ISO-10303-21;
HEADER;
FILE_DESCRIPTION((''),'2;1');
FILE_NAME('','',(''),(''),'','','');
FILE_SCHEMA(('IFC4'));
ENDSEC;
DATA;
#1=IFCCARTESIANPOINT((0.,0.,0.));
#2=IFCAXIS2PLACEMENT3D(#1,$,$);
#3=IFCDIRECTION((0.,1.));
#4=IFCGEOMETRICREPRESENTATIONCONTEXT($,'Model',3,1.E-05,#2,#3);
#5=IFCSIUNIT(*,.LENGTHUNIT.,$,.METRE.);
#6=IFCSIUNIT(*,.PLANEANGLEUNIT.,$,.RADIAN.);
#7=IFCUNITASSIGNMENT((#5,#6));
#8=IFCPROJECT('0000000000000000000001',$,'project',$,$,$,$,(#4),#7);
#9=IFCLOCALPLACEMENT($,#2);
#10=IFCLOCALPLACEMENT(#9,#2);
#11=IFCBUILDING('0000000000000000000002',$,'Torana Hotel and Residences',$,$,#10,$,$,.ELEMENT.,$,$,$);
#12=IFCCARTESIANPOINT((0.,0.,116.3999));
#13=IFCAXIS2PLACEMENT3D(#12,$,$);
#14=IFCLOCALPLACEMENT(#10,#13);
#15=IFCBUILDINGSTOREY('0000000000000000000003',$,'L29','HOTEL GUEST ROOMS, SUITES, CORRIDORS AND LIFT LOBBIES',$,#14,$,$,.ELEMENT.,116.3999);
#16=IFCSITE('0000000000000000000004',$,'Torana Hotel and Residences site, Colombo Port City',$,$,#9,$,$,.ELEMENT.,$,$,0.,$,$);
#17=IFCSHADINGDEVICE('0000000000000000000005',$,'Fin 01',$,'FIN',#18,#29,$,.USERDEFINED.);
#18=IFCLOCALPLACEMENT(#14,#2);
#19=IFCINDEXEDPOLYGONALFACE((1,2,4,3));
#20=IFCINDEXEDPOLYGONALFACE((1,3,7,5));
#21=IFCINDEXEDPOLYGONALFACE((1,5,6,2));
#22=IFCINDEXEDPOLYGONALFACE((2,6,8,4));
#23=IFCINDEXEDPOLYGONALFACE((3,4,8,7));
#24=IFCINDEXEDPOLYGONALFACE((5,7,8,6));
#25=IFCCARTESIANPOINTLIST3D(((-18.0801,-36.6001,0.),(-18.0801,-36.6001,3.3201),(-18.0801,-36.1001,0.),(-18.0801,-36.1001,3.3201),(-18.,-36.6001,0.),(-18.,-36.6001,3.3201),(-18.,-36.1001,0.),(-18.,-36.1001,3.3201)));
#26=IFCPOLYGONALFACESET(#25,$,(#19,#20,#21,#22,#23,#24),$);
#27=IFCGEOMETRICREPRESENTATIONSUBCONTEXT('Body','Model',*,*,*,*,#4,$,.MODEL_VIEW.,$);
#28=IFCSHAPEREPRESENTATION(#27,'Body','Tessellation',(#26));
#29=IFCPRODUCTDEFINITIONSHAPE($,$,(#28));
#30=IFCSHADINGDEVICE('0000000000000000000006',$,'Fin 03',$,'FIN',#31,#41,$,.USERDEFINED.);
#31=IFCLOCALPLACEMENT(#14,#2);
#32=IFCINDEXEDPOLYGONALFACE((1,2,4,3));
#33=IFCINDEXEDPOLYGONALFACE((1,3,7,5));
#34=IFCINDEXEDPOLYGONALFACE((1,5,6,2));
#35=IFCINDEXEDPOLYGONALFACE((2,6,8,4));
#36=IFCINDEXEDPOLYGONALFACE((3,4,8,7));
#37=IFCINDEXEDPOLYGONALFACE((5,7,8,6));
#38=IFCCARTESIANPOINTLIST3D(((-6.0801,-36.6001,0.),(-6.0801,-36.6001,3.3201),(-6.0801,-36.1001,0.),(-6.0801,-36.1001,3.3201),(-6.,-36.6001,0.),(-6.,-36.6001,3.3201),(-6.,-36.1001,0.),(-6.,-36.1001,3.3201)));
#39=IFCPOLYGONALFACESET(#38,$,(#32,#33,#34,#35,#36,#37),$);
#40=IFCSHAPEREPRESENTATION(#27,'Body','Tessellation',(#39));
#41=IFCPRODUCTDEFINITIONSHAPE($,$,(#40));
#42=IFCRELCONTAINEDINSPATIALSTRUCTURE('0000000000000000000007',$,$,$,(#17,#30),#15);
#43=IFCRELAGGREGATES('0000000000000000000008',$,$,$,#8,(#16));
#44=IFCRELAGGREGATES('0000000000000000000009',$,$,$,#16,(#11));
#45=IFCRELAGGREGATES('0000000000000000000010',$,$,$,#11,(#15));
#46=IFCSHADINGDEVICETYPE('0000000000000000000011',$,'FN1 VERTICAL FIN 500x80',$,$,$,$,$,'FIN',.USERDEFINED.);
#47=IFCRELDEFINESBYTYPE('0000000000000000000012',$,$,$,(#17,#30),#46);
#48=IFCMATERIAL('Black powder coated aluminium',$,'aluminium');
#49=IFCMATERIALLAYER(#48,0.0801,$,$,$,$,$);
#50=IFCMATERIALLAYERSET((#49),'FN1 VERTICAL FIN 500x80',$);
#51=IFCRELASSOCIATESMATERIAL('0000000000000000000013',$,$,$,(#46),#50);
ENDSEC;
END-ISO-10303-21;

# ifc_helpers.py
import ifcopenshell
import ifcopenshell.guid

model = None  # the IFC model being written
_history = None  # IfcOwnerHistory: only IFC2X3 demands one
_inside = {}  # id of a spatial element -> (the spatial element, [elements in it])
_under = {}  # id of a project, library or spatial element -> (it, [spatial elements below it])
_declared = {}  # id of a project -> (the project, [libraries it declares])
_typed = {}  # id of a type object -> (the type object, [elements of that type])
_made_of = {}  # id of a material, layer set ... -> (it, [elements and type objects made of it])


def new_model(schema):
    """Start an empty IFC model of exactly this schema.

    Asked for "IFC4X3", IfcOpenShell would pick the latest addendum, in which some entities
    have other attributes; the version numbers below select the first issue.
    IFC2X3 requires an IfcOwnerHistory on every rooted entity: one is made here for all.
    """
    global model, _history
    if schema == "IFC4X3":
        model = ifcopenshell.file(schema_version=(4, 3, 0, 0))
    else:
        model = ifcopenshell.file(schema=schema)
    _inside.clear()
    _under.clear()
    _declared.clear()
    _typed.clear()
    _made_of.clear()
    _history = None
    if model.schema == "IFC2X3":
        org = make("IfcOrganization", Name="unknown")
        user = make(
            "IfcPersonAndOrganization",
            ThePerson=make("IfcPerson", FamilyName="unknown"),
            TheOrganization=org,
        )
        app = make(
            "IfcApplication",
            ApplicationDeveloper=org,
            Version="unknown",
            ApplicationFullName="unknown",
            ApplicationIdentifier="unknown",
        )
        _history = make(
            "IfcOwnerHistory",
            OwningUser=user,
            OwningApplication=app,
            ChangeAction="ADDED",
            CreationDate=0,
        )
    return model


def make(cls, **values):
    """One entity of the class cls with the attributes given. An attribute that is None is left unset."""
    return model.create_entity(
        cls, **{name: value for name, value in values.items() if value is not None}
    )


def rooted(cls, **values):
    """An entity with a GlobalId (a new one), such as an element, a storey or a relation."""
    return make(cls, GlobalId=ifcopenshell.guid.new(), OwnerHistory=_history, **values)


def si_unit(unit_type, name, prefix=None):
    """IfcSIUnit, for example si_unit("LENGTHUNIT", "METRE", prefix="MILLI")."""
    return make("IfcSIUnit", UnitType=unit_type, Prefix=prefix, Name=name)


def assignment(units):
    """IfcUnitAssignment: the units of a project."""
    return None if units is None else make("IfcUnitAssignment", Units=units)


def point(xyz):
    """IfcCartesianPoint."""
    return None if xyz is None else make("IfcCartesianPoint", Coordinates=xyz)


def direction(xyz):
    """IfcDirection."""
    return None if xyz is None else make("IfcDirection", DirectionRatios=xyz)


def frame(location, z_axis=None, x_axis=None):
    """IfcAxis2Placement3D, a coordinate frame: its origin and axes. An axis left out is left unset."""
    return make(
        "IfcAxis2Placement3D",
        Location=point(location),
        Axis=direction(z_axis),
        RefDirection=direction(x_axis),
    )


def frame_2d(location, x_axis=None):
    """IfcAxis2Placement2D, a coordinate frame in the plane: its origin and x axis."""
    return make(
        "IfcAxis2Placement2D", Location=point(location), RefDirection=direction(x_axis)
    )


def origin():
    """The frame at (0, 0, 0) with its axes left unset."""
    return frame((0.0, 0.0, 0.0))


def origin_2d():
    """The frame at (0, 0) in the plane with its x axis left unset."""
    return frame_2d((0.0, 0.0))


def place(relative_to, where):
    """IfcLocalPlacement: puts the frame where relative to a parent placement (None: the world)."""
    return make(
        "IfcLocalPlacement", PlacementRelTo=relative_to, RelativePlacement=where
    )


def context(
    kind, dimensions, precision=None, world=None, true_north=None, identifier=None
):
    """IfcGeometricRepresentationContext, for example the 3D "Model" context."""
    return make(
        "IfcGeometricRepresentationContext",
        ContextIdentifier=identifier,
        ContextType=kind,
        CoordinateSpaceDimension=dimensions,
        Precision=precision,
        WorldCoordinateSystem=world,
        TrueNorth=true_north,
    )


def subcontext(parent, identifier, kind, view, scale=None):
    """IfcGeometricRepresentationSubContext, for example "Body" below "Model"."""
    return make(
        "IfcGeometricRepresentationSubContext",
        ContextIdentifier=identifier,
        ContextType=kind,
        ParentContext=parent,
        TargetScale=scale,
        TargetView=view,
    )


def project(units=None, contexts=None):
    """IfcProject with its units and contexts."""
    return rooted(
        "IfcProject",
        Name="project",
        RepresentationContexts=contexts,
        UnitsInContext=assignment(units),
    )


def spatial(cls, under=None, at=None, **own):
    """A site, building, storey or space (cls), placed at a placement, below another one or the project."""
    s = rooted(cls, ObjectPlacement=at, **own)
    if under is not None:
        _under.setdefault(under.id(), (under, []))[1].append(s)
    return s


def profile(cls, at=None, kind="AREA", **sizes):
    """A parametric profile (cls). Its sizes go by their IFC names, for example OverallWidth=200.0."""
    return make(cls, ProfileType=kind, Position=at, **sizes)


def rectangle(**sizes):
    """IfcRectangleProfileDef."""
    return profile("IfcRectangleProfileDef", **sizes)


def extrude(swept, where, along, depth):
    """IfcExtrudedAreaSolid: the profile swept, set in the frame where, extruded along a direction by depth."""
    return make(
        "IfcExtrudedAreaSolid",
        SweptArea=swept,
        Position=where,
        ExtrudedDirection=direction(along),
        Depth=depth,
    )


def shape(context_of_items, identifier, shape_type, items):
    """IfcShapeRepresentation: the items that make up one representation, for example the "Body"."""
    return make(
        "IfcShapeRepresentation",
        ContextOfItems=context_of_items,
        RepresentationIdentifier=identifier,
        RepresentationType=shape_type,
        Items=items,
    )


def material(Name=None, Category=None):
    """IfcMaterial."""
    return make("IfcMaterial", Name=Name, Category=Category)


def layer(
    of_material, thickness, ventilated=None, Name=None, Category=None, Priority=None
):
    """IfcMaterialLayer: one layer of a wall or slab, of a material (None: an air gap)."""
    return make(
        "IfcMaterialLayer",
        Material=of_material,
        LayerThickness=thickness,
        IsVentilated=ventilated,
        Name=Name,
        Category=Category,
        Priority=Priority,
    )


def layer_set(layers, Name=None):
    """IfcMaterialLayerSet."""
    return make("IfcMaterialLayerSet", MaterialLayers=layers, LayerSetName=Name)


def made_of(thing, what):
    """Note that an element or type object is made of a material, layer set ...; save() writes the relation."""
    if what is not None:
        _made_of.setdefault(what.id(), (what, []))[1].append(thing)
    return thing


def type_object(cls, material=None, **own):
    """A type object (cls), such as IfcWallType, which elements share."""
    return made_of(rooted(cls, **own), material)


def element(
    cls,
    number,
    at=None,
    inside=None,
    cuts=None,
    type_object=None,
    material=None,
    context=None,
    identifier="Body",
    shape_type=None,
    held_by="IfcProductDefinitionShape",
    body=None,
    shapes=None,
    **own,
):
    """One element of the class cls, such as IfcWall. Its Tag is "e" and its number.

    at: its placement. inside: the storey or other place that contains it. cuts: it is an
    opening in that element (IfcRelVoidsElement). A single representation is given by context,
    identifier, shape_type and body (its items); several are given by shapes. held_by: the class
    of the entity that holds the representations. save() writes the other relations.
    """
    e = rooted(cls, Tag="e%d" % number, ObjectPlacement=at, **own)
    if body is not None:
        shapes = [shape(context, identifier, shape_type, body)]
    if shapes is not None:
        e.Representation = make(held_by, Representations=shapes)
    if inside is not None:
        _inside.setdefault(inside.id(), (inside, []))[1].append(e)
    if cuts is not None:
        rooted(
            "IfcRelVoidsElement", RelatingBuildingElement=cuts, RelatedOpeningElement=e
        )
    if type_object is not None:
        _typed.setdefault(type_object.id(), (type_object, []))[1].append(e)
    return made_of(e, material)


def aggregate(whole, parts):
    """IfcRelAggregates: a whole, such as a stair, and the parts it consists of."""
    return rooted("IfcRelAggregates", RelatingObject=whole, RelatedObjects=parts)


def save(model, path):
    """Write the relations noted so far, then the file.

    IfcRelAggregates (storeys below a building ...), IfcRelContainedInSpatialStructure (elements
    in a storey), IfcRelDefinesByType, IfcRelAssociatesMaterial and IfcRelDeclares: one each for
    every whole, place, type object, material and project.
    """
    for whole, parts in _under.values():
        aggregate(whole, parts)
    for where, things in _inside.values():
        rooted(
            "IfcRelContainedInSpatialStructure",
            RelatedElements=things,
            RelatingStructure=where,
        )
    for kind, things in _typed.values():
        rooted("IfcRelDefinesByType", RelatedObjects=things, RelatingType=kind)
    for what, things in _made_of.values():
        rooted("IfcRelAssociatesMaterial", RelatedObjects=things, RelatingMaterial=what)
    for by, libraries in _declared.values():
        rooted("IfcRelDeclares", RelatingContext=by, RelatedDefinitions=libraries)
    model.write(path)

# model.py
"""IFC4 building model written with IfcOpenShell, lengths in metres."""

from ifc_helpers import new_model, si_unit, direction, frame, origin, origin_2d, place, context, subcontext, project, spatial, rectangle, extrude, material, layer, layer_set, type_object, element, save


model = new_model("IFC4")

# Units and contexts
model_context = context("Model", 3, precision=1e-05, world=origin(), true_north=direction((0.0, 1.0)))
body_context = subcontext(model_context, "Body", "Model", "MODEL_VIEW")
ifc_project = project(units=[si_unit("LENGTHUNIT", "METRE"), si_unit("PLANEANGLEUNIT", "RADIAN")], contexts=[model_context])

# Site, building, storey
site_placement = place(None, origin())
site = spatial("IfcSite", under=ifc_project, at=site_placement, Name="Torana Hotel and Residences site, Colombo Port City", CompositionType="ELEMENT", RefElevation=0.0)
building_placement = place(site_placement, origin())
building = spatial("IfcBuilding", under=site, at=building_placement, Name="Torana Hotel and Residences", CompositionType="ELEMENT")
storey_placement = place(building_placement, frame((0.0, 0.0, 116.3999)))
storey = spatial("IfcBuildingStorey", under=building, at=storey_placement, Name="L29", Description="HOTEL GUEST ROOMS, SUITES, CORRIDORS AND LIFT LOBBIES", CompositionType="ELEMENT", Elevation=116.3999)

# Shading devices
ifc_material_1 = material(Name="Black powder coated aluminium", Category="aluminium")
ifc_layer_1 = layer(ifc_material_1, 0.0801)
ifc_layer_set_1 = layer_set([ifc_layer_1], Name="FN1 VERTICAL FIN 500x80")
shading_device_type = type_object("IfcShadingDeviceType", Name="FN1 VERTICAL FIN 500x80", ElementType="FIN", PredefinedType="USERDEFINED", material=ifc_layer_set_1)
for number, where, z_axis, x_axis, name in (
    (1, (-18.04, -36.3501, 0.0), (0.0, 0.0, 1.0), (-1.0, 0.0, 0.0), "Fin 01"),
    (2, (-6.04, -36.3501, 0.0), (0.0, 0.0, 1.0), (-1.0, 0.0, 0.0), "Fin 03"),
):
    element("IfcShadingDevice", number, at=place(storey_placement, frame(where, z_axis=z_axis, x_axis=x_axis)), inside=storey, type_object=shading_device_type, Name=name, ObjectType="FIN", PredefinedType="USERDEFINED", context=body_context, shape_type="SweptSolid", body=[
        extrude(rectangle(XDim=0.0801, YDim=0.5, at=origin_2d()), origin(), (0.0, 0.0, 1.0), 3.3201),
    ])

save(model, "model.ifc")
